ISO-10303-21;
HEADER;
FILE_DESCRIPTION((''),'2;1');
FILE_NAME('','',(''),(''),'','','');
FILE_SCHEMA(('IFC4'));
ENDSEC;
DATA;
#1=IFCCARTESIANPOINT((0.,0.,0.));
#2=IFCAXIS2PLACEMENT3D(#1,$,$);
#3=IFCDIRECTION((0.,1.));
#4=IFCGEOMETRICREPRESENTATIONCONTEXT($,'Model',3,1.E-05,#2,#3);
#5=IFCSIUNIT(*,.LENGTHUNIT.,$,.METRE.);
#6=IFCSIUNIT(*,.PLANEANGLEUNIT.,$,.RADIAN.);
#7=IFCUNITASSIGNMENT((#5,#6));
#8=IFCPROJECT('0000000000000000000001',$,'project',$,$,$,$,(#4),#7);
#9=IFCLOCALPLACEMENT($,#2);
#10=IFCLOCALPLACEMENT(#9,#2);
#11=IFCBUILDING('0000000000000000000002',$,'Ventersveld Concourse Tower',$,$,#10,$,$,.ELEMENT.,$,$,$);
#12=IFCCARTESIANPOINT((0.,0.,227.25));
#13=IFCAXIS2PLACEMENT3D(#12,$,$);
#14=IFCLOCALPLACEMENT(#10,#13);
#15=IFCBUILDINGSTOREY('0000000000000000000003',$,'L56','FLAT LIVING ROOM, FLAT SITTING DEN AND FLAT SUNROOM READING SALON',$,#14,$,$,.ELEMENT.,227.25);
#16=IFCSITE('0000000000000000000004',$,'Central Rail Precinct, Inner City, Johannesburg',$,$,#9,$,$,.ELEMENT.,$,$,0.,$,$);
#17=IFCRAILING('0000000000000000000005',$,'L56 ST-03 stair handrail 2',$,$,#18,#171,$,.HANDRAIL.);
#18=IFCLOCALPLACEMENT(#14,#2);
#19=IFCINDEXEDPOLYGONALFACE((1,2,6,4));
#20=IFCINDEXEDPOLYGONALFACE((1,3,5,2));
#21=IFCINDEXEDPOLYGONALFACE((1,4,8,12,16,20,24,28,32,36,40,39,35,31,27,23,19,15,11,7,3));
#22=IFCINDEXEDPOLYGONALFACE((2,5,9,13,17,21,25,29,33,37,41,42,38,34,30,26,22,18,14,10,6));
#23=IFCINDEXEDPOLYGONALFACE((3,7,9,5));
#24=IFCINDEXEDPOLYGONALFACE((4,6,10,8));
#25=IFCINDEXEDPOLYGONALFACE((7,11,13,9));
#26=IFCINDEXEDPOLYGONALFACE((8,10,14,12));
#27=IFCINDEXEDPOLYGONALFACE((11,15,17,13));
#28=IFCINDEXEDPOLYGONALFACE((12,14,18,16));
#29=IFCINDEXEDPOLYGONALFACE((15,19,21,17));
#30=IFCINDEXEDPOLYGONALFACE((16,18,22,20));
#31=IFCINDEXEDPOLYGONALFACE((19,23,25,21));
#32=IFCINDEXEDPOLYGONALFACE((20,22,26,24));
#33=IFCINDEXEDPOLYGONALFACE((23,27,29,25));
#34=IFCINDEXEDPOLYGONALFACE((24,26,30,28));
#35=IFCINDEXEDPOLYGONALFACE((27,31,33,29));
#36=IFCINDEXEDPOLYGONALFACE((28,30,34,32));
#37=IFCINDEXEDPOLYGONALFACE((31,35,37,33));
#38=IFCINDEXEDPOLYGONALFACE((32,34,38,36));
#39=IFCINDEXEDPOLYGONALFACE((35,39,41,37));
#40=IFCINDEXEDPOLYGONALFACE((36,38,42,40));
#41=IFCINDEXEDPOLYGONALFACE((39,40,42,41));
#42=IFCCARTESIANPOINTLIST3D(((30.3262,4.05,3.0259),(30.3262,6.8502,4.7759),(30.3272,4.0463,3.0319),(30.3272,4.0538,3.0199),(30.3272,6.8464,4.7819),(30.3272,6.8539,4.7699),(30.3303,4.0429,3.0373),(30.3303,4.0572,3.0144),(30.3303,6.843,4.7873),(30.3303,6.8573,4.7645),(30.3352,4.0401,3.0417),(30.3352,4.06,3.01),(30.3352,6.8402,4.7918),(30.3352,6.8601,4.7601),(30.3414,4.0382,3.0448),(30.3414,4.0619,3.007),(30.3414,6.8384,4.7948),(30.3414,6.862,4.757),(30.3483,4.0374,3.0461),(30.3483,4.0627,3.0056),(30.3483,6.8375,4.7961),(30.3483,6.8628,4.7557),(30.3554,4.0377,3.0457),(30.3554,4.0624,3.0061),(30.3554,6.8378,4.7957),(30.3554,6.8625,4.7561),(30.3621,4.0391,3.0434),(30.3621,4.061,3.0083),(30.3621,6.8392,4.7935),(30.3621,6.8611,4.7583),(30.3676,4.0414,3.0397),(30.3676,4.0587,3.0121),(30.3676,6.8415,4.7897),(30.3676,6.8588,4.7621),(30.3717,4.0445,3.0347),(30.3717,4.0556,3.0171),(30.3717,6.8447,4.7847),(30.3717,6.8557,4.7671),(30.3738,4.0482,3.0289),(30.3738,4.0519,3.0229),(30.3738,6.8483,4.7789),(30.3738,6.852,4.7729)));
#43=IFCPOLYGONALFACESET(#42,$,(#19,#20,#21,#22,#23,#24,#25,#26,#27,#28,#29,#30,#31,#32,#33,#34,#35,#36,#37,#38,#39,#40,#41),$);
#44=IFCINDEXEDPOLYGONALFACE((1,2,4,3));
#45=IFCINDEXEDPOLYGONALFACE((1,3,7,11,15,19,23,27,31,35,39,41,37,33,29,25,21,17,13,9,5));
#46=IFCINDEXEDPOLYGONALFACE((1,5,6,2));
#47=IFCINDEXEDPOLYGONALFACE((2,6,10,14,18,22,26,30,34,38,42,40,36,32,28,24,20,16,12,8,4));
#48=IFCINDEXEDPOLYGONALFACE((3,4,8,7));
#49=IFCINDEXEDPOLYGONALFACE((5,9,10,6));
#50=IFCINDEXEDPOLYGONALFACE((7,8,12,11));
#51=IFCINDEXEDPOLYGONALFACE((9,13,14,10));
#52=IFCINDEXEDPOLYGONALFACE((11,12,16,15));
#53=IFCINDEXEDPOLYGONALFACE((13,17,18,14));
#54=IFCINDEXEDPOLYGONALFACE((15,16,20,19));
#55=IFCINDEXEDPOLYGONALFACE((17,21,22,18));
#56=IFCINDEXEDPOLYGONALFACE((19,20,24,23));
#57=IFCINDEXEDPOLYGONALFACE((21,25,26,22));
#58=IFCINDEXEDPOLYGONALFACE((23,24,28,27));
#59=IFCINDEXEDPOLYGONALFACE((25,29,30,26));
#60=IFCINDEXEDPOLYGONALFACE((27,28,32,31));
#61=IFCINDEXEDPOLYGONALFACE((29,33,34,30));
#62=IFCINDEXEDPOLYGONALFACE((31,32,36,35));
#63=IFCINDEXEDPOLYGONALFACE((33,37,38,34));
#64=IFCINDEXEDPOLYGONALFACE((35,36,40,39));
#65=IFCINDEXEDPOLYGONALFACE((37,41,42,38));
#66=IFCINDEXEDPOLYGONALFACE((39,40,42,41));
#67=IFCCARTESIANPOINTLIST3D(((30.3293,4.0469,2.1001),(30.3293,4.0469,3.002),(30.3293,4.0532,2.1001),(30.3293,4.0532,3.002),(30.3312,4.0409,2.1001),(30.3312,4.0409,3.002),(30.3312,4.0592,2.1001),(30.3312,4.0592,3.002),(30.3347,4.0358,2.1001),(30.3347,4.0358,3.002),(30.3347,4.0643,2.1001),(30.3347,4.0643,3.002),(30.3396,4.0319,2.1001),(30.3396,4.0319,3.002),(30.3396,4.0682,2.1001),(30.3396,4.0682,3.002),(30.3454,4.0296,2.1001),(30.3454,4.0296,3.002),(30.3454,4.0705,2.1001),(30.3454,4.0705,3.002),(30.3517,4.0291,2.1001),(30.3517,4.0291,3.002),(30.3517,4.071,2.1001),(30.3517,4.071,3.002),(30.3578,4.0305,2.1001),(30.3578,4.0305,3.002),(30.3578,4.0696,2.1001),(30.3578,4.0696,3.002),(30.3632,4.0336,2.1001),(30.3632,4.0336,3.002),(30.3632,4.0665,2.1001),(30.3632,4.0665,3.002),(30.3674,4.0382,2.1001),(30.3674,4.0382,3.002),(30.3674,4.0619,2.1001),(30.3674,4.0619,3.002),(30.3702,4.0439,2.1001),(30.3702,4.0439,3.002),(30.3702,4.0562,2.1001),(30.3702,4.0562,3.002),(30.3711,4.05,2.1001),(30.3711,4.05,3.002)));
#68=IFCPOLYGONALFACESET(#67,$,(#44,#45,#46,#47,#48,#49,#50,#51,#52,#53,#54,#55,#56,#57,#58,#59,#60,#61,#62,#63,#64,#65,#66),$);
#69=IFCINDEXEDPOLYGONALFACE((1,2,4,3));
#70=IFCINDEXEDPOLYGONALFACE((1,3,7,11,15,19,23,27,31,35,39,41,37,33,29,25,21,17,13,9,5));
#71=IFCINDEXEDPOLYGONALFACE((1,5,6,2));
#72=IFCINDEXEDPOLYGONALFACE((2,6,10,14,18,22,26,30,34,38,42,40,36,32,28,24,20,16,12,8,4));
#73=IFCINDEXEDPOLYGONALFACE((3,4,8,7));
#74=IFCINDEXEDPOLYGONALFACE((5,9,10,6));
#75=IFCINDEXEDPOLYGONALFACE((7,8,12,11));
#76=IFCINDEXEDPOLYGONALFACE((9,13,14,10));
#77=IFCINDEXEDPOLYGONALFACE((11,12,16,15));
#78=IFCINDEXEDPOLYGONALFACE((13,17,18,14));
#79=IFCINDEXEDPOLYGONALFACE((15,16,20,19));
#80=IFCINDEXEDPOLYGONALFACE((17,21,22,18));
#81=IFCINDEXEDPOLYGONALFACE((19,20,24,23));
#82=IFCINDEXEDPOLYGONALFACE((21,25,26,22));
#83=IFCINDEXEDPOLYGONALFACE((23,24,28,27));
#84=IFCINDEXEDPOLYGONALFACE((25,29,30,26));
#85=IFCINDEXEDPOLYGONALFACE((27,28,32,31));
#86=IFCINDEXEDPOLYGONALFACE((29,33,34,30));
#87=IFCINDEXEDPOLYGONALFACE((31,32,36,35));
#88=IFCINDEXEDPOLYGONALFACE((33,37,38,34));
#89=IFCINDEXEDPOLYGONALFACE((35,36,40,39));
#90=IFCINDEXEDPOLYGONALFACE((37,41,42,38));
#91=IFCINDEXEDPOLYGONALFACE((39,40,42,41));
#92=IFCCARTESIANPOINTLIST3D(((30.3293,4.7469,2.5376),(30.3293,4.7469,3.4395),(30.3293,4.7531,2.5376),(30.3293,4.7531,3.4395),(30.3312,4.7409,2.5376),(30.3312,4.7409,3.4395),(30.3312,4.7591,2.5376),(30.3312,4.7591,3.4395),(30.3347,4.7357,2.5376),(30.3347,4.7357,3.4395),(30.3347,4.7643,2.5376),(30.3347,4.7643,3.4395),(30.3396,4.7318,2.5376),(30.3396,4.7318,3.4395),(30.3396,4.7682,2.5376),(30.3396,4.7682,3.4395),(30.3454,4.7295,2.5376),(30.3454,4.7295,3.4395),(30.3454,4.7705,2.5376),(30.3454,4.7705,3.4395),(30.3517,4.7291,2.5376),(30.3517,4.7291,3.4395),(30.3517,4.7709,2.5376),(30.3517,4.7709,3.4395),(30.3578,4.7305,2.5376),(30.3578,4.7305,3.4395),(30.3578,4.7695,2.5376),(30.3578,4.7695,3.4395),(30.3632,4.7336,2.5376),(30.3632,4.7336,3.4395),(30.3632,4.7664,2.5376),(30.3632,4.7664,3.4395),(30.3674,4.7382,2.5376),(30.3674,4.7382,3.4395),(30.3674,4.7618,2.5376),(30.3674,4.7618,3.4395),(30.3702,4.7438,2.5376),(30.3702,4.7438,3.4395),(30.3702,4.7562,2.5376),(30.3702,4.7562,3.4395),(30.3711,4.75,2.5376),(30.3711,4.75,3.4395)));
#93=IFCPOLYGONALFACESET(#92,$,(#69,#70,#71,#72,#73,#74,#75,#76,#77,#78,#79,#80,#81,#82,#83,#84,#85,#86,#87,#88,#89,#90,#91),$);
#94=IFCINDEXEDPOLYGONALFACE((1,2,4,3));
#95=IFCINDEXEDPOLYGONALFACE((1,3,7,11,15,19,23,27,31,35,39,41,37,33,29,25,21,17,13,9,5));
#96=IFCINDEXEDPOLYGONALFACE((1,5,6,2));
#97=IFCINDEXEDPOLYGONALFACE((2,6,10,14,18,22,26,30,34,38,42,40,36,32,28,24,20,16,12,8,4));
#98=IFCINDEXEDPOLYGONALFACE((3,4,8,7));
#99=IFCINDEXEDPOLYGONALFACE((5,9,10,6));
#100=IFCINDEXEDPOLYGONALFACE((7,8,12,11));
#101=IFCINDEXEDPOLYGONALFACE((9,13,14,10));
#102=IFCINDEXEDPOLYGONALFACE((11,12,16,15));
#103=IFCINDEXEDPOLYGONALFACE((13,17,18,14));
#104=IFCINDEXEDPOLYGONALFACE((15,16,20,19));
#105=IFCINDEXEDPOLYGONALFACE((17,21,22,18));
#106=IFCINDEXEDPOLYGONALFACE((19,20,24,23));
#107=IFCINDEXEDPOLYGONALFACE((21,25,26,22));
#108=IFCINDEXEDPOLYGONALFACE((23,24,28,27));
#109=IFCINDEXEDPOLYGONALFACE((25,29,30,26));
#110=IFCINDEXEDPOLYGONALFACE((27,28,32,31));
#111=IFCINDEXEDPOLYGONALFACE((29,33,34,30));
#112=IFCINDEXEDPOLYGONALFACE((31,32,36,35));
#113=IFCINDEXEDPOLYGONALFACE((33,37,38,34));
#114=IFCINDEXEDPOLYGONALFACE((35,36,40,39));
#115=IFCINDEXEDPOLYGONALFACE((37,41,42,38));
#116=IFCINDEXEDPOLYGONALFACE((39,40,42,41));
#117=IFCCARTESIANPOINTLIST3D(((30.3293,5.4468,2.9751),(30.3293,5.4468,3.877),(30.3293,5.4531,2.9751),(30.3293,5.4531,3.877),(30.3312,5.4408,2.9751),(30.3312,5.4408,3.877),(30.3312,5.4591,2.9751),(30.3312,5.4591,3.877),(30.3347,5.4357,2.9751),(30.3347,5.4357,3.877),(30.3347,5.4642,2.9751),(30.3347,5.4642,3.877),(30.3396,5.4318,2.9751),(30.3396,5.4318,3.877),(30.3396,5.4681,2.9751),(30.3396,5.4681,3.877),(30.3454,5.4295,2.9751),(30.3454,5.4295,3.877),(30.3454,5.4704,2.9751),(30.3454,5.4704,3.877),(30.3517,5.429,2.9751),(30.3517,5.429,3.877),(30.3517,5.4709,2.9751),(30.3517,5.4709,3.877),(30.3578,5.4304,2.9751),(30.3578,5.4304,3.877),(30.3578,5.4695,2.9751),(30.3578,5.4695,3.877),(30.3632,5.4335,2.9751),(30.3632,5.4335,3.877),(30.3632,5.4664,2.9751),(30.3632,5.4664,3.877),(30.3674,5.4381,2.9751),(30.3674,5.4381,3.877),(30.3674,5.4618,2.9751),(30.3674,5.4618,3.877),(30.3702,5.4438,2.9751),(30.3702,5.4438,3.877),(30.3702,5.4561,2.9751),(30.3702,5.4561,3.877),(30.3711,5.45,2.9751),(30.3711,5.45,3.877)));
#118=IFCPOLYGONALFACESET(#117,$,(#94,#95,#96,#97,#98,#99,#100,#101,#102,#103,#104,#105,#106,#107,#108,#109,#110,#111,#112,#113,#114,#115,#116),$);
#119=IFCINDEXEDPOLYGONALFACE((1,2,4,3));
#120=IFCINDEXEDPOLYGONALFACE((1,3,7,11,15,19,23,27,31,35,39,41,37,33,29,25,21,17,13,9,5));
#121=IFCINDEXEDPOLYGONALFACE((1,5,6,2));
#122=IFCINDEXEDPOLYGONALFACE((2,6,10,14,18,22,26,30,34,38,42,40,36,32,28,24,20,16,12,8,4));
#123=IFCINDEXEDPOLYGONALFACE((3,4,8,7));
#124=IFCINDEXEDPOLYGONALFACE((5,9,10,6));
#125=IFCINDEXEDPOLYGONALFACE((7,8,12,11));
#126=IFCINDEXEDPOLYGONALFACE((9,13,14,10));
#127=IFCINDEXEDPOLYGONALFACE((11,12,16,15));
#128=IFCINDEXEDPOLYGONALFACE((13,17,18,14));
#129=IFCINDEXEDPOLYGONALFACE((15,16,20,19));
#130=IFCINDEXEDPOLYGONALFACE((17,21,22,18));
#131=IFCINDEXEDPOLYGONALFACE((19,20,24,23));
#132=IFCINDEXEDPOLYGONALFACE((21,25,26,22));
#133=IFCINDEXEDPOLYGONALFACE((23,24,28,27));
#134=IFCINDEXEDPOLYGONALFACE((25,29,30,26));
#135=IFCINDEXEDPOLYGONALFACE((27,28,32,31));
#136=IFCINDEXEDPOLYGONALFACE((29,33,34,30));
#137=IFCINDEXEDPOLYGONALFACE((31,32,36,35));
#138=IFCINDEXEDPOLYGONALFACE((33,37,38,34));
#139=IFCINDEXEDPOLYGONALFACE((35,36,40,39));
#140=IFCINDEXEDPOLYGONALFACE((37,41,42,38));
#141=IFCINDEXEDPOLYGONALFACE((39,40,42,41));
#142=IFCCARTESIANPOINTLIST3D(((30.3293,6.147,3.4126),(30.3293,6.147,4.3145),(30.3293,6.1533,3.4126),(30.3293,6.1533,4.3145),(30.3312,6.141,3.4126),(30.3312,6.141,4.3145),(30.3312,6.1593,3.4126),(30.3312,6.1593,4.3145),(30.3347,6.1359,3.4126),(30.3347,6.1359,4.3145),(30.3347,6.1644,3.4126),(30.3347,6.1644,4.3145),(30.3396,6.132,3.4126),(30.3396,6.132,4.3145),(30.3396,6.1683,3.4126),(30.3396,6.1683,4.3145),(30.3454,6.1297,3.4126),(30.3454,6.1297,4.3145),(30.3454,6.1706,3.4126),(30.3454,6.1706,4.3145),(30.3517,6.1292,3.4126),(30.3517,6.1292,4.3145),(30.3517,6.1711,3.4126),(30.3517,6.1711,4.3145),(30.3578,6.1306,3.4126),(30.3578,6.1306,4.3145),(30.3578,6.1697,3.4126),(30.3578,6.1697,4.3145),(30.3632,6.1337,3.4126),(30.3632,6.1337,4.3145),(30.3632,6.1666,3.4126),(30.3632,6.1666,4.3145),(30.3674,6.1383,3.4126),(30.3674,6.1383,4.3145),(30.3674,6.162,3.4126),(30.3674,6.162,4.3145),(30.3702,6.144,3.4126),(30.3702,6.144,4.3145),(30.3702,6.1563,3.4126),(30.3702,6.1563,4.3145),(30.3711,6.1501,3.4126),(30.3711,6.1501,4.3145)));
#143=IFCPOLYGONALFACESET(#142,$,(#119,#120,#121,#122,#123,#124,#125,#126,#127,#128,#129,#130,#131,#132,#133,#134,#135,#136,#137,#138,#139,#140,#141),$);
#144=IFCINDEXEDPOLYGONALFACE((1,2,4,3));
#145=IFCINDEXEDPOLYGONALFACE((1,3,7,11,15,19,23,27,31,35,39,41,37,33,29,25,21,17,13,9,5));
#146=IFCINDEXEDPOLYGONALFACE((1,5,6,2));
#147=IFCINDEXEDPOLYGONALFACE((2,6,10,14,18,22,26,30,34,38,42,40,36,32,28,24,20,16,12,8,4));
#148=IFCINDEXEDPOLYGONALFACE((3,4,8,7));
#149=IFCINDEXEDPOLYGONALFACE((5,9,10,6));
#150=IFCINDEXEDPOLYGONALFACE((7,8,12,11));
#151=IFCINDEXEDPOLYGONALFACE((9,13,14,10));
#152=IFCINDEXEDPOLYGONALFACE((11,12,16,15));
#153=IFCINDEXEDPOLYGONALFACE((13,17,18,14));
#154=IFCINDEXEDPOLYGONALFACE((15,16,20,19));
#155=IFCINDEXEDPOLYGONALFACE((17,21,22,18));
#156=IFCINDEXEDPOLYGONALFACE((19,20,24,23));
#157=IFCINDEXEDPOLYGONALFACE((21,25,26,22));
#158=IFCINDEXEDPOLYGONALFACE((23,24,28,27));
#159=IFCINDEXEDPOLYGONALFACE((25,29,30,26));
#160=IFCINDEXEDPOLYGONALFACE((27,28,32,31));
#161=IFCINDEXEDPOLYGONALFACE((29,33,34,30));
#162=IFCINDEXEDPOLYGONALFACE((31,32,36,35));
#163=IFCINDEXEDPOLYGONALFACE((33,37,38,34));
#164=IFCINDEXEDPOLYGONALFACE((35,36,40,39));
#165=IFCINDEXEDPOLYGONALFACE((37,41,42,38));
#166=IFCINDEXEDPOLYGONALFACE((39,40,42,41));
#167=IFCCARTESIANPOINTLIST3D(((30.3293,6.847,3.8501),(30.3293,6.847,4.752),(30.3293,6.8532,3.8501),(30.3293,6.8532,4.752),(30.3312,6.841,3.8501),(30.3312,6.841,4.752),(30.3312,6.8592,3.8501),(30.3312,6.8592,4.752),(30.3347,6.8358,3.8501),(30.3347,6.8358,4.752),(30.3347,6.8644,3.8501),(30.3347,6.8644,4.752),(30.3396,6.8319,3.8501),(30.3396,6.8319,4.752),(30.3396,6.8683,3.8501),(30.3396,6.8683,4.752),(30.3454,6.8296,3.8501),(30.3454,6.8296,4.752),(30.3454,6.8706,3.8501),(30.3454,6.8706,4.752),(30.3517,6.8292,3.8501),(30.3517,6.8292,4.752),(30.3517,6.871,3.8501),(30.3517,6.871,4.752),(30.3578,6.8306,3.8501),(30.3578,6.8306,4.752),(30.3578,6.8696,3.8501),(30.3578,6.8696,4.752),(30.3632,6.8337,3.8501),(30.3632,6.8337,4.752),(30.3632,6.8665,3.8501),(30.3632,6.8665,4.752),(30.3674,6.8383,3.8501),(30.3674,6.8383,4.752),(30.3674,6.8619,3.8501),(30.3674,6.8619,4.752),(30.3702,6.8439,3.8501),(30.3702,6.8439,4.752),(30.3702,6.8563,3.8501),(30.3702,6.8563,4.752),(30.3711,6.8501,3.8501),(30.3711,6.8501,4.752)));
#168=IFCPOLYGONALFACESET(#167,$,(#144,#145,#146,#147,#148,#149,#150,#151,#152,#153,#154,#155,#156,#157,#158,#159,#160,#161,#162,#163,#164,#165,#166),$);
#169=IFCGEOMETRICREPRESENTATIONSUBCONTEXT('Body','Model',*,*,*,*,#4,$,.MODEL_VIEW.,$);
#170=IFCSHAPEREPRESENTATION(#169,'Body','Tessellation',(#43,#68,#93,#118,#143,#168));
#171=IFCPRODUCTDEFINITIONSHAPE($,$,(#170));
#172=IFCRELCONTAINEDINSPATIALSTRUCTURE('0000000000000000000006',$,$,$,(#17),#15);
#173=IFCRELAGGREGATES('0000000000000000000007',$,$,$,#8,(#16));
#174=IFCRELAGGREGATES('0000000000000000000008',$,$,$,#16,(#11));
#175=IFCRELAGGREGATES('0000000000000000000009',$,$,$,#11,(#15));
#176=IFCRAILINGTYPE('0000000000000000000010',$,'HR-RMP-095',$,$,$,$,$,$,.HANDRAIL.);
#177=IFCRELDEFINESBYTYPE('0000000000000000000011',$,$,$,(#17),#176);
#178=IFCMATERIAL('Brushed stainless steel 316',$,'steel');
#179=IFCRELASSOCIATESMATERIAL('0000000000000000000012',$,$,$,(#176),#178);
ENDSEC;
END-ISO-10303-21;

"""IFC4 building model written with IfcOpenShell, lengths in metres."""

from ifc_helpers import new_model, si_unit, direction, frame, origin, origin_2d, place, context, subcontext, project, spatial, circle, extrude, material, type_object, element, save


model = new_model("IFC4")

# Units and contexts
model_context = context("Model", 3, precision=1e-05, world=origin(), true_north=direction((0.0, 1.0)))
body_context = subcontext(model_context, "Body", "Model", "MODEL_VIEW")
ifc_project = project(units=[si_unit("LENGTHUNIT", "METRE"), si_unit("PLANEANGLEUNIT", "RADIAN")], contexts=[model_context])

# Site, building, storey
site_placement = place(None, origin())
site = spatial("IfcSite", under=ifc_project, at=site_placement, Name="Central Rail Precinct, Inner City, Johannesburg", CompositionType="ELEMENT", RefElevation=0.0)
building_placement = place(site_placement, origin())
building = spatial("IfcBuilding", under=site, at=building_placement, Name="Ventersveld Concourse Tower", CompositionType="ELEMENT")
storey_placement = place(building_placement, frame((0.0, 0.0, 227.25)))
storey = spatial("IfcBuildingStorey", under=building, at=storey_placement, Name="L56", Description="FLAT LIVING ROOM, FLAT SITTING DEN AND FLAT SUNROOM READING SALON", CompositionType="ELEMENT", Elevation=227.25)

# Shared definitions
ifc_material_1 = material(Name="Brushed stainless steel 316", Category="steel")

# Railing
railing_type_1 = type_object("IfcRailingType", Name="HR-RMP-095", PredefinedType="HANDRAIL", material=ifc_material_1)
railing_1_placement = place(storey_placement, frame((30.3501, 4.05, 2.1001)))
element("IfcRailing", 1, at=railing_1_placement, inside=storey, type_object=railing_type_1, Name="L56 ST-03 stair handrail 2", PredefinedType="HANDRAIL", context=body_context, shape_type="SweptSolid", body=[
    extrude(circle(Radius=0.0239, at=origin_2d()), frame((0.0, 0.0, 0.9258), z_axis=(0.0, 0.848002, 0.529992), x_axis=(-1.0, 0.0, 0.0)), (0.0, 0.0, 1.0), 3.302),
    extrude(circle(Radius=0.021, at=origin_2d()), origin(), (0.0, 0.0, 1.0), 0.9019),
    extrude(circle(Radius=0.021, at=origin_2d()), frame((0.0, 0.7, 0.4375)), (0.0, 0.0, 1.0), 0.9019),
    extrude(circle(Radius=0.021, at=origin_2d()), frame((0.0, 1.3999, 0.875)), (0.0, 0.0, 1.0), 0.9019),
    extrude(circle(Radius=0.021, at=origin_2d()), frame((0.0, 2.1001, 1.3125)), (0.0, 0.0, 1.0), 0.9019),
    extrude(circle(Radius=0.021, at=origin_2d()), frame((0.0, 2.8, 1.75)), (0.0, 0.0, 1.0), 0.9019),
])

save(model, "model.ifc")
